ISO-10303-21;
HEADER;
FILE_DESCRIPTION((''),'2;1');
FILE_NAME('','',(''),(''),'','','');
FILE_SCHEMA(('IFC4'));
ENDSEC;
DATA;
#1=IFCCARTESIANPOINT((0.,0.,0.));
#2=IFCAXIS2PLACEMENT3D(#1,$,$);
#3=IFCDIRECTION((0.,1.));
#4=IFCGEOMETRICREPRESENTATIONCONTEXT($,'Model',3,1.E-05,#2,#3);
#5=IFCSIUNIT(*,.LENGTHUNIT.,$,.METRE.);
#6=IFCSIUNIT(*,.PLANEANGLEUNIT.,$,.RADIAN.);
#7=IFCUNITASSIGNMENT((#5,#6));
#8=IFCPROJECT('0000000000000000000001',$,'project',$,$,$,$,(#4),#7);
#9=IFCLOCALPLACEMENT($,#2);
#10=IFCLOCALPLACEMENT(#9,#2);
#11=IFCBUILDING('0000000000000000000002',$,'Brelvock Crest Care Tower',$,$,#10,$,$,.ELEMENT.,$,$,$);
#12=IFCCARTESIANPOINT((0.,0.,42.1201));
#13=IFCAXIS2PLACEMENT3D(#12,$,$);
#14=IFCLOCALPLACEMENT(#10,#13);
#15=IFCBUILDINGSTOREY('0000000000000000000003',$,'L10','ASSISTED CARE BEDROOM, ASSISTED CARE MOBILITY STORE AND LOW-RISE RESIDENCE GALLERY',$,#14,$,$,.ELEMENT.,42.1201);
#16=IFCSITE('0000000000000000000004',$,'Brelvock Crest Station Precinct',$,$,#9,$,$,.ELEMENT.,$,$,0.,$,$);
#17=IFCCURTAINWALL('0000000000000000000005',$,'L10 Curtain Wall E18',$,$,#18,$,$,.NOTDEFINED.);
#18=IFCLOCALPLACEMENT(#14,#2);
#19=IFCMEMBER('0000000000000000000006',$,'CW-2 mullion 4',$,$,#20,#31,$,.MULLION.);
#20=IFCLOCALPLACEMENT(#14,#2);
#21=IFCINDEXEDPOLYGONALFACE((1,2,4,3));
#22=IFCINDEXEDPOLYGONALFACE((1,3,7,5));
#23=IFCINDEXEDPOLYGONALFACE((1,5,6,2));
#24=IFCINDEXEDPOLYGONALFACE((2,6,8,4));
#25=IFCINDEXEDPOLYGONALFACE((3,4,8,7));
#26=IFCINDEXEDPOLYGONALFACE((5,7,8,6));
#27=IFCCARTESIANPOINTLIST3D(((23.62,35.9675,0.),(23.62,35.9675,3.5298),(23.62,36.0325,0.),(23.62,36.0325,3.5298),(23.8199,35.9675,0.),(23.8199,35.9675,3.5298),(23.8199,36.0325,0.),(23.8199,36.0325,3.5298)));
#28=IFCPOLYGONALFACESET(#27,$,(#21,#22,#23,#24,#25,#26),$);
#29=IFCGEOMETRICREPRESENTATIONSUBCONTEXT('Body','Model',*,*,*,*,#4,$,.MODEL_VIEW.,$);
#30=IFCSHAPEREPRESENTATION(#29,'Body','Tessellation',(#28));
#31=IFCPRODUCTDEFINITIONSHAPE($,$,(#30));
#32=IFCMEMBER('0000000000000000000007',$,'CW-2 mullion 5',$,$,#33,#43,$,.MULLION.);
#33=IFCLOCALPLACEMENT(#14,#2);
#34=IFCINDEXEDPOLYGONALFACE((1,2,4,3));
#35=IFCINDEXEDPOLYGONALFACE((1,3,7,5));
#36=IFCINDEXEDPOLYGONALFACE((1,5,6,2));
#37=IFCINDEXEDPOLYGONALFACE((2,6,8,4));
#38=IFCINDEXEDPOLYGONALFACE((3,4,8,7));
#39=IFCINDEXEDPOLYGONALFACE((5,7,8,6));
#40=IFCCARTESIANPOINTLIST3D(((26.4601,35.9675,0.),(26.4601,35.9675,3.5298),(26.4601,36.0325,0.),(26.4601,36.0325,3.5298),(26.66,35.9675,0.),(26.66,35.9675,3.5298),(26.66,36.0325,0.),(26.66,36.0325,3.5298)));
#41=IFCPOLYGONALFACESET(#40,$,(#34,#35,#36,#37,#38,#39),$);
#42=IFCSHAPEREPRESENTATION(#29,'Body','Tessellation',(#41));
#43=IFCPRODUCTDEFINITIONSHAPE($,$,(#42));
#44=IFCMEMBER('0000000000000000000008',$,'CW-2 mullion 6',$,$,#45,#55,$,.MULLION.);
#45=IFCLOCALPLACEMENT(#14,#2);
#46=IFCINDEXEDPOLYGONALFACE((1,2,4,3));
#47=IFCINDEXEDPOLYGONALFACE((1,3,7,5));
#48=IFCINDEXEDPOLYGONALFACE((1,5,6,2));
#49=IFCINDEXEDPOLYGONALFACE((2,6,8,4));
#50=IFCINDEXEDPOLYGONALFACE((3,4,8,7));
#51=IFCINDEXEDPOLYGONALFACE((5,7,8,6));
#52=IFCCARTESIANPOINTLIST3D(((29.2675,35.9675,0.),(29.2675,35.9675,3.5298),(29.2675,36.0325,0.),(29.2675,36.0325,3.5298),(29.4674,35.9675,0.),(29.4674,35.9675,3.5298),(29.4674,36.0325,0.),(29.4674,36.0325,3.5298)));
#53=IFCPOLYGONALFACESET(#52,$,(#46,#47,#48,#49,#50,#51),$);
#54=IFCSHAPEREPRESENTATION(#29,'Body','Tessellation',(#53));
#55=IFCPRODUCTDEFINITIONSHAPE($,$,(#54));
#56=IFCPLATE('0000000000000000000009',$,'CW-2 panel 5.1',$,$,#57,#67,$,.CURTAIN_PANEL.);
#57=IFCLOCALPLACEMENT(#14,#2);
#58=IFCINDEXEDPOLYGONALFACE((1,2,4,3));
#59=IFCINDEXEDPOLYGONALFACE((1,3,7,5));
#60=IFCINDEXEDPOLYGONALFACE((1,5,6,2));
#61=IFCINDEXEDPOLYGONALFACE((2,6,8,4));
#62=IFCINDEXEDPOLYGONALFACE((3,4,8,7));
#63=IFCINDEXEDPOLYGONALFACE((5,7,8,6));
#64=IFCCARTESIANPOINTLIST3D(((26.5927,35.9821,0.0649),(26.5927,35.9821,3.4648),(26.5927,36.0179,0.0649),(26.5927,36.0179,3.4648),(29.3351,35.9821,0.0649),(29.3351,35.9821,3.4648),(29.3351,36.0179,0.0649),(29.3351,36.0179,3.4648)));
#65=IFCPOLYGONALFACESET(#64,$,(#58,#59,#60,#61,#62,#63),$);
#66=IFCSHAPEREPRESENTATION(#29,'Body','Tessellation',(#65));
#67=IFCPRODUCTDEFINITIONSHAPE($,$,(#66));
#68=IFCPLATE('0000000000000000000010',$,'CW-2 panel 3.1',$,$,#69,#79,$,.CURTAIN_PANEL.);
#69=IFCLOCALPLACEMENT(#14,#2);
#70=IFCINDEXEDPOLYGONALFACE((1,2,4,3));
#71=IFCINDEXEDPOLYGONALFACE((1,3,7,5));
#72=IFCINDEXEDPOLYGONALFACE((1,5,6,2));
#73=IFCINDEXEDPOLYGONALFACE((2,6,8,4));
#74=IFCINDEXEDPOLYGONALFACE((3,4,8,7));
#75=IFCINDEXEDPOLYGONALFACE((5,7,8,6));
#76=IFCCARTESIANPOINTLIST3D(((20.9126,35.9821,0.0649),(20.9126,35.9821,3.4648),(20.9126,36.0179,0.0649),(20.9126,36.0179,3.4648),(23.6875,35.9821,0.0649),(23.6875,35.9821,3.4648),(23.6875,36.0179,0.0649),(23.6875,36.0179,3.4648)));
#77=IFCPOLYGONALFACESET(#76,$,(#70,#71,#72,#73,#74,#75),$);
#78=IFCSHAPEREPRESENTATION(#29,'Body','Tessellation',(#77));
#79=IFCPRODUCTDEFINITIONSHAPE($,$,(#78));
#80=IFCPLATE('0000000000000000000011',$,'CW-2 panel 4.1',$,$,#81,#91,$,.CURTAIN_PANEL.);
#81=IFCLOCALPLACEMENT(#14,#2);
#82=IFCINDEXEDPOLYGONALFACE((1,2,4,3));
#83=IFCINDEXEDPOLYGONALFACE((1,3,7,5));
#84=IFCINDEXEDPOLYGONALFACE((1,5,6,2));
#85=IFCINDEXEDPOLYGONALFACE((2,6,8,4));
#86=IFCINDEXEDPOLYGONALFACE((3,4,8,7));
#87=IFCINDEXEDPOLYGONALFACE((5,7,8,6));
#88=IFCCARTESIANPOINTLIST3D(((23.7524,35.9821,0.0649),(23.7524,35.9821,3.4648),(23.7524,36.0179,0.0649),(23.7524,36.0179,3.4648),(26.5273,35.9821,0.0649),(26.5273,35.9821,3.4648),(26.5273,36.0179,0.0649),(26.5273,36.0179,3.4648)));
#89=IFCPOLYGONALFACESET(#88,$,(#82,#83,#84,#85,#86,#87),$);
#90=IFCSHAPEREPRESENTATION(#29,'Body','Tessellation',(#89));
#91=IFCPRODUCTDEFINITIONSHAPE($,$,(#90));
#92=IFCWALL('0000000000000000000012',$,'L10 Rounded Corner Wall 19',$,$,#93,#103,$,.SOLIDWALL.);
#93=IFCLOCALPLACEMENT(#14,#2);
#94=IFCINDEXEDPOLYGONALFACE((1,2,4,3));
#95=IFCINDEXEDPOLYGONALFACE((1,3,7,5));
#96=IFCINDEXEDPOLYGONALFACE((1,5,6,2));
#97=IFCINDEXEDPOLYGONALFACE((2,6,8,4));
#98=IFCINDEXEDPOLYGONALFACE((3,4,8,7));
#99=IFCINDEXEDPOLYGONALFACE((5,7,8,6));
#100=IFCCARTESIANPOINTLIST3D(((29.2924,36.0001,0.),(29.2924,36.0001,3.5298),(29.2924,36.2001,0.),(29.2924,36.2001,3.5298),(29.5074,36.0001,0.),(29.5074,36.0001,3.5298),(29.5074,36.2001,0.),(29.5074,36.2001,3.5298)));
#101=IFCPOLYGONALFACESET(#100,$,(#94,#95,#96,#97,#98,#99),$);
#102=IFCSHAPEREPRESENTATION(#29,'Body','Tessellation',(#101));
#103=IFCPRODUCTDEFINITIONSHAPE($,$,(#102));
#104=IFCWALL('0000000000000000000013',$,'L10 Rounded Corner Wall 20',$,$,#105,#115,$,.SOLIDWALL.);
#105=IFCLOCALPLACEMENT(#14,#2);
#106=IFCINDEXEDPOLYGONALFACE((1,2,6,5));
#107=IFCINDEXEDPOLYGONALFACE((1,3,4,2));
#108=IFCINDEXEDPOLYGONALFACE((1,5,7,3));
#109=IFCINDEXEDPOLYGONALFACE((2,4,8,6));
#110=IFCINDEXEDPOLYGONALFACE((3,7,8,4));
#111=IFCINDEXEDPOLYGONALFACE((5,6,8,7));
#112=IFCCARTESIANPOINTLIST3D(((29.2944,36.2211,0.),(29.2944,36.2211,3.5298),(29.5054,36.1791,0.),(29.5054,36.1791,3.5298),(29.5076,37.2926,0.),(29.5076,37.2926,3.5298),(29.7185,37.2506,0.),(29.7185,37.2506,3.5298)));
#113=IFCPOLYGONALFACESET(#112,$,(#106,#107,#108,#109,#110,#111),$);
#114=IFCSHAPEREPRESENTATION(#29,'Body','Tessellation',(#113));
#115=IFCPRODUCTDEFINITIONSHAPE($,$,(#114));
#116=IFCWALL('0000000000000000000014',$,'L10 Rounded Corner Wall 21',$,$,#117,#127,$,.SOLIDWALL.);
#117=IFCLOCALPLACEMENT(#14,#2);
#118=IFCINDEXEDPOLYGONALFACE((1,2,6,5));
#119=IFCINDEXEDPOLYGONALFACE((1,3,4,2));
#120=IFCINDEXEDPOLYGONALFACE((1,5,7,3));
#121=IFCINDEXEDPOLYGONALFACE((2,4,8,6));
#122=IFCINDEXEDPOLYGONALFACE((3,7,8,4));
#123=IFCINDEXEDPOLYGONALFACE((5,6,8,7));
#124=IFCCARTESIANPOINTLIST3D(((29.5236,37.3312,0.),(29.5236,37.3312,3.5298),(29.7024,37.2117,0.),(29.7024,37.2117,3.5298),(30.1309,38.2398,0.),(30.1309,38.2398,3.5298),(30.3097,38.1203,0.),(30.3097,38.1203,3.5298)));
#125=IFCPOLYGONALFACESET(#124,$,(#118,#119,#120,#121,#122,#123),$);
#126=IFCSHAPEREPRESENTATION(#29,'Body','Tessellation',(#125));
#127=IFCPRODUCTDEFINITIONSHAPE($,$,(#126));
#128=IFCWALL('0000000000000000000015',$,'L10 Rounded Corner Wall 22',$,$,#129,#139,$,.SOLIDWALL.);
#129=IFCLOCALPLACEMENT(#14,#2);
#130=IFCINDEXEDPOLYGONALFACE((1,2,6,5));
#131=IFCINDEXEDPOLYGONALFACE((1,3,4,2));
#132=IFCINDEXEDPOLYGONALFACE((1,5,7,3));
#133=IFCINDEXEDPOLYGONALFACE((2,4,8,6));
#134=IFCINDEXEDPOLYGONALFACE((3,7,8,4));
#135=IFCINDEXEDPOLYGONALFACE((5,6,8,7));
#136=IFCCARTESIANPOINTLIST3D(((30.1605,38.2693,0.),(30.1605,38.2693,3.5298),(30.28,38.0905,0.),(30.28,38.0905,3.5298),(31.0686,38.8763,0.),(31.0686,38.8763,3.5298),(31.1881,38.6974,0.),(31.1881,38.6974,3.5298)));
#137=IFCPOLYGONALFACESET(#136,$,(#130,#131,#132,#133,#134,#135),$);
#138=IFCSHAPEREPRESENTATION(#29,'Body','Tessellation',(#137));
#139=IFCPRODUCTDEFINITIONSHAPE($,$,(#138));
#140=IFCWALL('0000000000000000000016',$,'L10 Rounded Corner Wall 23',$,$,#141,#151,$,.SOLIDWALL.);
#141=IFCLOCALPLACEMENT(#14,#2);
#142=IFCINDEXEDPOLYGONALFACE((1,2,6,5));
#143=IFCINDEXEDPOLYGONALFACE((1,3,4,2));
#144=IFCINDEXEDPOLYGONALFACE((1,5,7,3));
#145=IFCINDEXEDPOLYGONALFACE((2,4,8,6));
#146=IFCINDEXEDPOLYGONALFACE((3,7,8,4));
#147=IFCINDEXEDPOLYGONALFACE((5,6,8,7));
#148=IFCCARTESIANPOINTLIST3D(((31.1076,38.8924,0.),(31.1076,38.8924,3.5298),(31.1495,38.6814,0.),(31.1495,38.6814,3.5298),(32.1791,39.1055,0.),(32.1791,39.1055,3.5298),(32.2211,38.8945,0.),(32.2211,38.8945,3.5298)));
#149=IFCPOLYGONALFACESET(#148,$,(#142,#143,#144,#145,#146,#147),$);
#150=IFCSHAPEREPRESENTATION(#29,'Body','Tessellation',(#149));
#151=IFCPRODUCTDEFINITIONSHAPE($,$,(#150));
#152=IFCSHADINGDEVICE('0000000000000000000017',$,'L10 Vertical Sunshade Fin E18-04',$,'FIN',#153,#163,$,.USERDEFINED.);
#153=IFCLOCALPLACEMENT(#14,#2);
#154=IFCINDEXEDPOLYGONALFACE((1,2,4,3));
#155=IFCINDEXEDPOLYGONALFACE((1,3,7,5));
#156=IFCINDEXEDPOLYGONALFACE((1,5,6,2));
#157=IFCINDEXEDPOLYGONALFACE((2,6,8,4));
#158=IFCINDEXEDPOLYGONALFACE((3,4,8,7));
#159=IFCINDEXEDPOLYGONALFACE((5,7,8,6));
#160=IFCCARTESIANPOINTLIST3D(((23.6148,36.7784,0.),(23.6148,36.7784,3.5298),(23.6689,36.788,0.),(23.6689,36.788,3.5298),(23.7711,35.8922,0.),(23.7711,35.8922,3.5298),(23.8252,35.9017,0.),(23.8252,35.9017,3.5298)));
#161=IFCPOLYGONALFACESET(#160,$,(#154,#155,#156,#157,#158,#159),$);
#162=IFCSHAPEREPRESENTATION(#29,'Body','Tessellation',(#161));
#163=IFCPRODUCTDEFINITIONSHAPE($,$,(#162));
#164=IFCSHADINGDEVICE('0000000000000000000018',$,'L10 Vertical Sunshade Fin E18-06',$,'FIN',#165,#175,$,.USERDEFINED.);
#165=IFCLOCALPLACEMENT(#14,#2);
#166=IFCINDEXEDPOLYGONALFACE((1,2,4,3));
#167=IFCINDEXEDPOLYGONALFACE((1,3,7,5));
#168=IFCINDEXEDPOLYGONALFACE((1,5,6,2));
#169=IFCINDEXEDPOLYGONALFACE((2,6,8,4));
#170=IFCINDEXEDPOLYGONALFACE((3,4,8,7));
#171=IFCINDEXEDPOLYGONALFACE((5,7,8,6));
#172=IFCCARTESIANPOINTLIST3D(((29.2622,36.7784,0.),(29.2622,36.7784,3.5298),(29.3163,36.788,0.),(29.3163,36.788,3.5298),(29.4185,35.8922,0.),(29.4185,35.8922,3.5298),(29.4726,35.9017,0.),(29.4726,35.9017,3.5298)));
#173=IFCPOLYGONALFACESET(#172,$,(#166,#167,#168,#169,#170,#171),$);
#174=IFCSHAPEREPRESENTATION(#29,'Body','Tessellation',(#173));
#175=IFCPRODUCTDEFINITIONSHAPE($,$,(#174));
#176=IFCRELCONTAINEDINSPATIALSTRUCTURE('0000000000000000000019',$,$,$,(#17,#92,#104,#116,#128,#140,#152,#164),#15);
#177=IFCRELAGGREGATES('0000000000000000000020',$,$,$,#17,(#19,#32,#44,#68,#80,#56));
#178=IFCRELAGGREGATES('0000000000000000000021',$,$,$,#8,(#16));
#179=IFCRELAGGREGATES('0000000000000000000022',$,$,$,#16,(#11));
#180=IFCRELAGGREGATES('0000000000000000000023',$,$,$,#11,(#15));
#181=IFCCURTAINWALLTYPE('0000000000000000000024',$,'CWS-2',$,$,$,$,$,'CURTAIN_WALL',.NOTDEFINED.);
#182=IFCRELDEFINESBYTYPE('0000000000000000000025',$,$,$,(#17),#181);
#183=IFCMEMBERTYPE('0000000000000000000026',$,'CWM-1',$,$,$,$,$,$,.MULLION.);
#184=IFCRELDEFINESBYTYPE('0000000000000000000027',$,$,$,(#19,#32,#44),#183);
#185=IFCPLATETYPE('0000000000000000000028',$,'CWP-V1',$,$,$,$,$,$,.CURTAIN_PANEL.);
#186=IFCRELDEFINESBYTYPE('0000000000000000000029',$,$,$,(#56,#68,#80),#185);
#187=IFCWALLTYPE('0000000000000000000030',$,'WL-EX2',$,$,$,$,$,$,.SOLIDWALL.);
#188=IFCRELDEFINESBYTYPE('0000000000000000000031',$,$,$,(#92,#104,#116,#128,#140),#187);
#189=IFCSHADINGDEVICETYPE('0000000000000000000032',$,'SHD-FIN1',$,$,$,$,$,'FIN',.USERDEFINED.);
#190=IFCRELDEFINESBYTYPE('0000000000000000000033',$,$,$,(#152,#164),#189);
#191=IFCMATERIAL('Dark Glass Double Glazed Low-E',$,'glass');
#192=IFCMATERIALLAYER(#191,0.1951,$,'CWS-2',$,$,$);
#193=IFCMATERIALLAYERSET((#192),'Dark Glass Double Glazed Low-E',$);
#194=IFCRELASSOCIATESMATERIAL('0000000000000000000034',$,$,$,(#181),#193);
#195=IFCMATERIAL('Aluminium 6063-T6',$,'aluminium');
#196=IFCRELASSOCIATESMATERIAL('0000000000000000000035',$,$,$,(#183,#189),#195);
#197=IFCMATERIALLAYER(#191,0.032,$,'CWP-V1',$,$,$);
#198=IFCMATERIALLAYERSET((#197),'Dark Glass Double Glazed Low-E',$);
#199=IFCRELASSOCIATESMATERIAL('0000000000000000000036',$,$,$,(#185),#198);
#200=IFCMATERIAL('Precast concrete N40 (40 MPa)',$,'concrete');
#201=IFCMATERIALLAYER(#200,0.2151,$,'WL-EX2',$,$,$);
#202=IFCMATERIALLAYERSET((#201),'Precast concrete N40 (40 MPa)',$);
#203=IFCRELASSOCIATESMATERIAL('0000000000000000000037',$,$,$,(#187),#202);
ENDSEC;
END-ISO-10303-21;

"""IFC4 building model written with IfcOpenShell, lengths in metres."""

from ifc_helpers import new_model, si_unit, direction, frame, frame_2d, origin, origin_2d, place, context, subcontext, project, spatial, rectangle, extrude, source, transform, mapped, material, layer, layer_set, material_profile, profile_set, type_object, element, aggregate, save


model = new_model("IFC4")

# Units and contexts
model_context = context("Model", 3, precision=1e-05, world=origin(), true_north=direction((0.0, 1.0)))
body_context = subcontext(model_context, "Body", "Model", "MODEL_VIEW")
ifc_project = project(units=[si_unit("LENGTHUNIT", "METRE"), si_unit("PLANEANGLEUNIT", "RADIAN")], contexts=[model_context])

# Site, building, storey
site_placement = place(None, origin())
site = spatial("IfcSite", under=ifc_project, at=site_placement, Name="Brelvock Crest Station Precinct", CompositionType="ELEMENT", RefElevation=0.0)
building_placement = place(site_placement, origin())
building = spatial("IfcBuilding", under=site, at=building_placement, Name="Brelvock Crest Care Tower", CompositionType="ELEMENT")
storey_placement = place(building_placement, frame((0.0, 0.0, 42.1201)))
storey = spatial("IfcBuildingStorey", under=building, at=storey_placement, Name="L10", Description="ASSISTED CARE BEDROOM, ASSISTED CARE MOBILITY STORE AND LOW-RISE RESIDENCE GALLERY", CompositionType="ELEMENT", Elevation=42.1201)

# Curtain wall, members, plates
ifc_material_1 = material(Name="Dark Glass Double Glazed Low-E", Category="glass")
ifc_layer_1 = layer(ifc_material_1, 0.1951, Name="CWS-2")
ifc_layer_set_1 = layer_set([ifc_layer_1], Name="Dark Glass Double Glazed Low-E")
curtain_wall_type = type_object("IfcCurtainWallType", Name="CWS-2", ElementType="CURTAIN_WALL", PredefinedType="NOTDEFINED", material=ifc_layer_set_1)
curtain_wall_placement = place(storey_placement, origin())
curtain_wall = element("IfcCurtainWall", 1, at=curtain_wall_placement, inside=storey, type_object=curtain_wall_type, Name="L10 Curtain Wall E18", PredefinedType="NOTDEFINED")
ifc_material_2 = material(Name="Aluminium 6063-T6", Category="aluminium")
ifc_material_profile_1 = material_profile(ifc_material_2, rectangle(XDim=0.0649, YDim=0.2, at=origin_2d()), Name="ALU65x200")
ifc_profile_set_1 = profile_set([ifc_material_profile_1], Name="Aluminium 6063-T6")
member_type_1 = type_object("IfcMemberType", Name="CWM-1", PredefinedType="MULLION", material=ifc_profile_set_1)
shared_shape_1 = source(origin(), body_context, "Body", "SweptSolid", [
    extrude(rectangle(XDim=0.0649, YDim=0.2, at=origin_2d()), origin(), (0.0, 0.0, 1.0), 3.5298),
])
member_1_placement = place(storey_placement, frame((23.72, 36.0, 0.0), z_axis=(0.0, 0.0, 1.0), x_axis=(0.0, 1.0, 0.0)))
member_1 = element("IfcMember", 2, at=member_1_placement, type_object=member_type_1, Name="CW-2 mullion 4", PredefinedType="MULLION", context=body_context, shape_type="MappedRepresentation", body=[
    mapped(shared_shape_1, transform((0.0, 0.0, 0.0), x_axis=(1.0, 0.0, 0.0), y_axis=(0.0, 1.0, 0.0), z_axis=(0.0, 0.0, 1.0), scale=1.0)),
])
member_2_placement = place(storey_placement, frame((26.5601, 36.0, 0.0), z_axis=(0.0, 0.0, 1.0), x_axis=(0.0, 1.0, 0.0)))
member_2 = element("IfcMember", 3, at=member_2_placement, type_object=member_type_1, Name="CW-2 mullion 5", PredefinedType="MULLION", context=body_context, shape_type="MappedRepresentation", body=[
    mapped(shared_shape_1, transform((0.0, 0.0, 0.0), x_axis=(1.0, 0.0, 0.0), y_axis=(0.0, 1.0, 0.0), z_axis=(0.0, 0.0, 1.0), scale=1.0)),
])
member_3_placement = place(storey_placement, frame((29.3674, 36.0, 0.0), z_axis=(0.0, 0.0, 1.0), x_axis=(0.0, 1.0, 0.0)))
member_3 = element("IfcMember", 4, at=member_3_placement, type_object=member_type_1, Name="CW-2 mullion 6", PredefinedType="MULLION", context=body_context, shape_type="MappedRepresentation", body=[
    mapped(shared_shape_1, transform((0.0, 0.0, 0.0), x_axis=(1.0, 0.0, 0.0), y_axis=(0.0, 1.0, 0.0), z_axis=(0.0, 0.0, 1.0), scale=1.0)),
])
ifc_layer_2 = layer(ifc_material_1, 0.032, Name="CWP-V1")
ifc_layer_set_2 = layer_set([ifc_layer_2], Name="Dark Glass Double Glazed Low-E")
plate_type = type_object("IfcPlateType", Name="CWP-V1", PredefinedType="CURTAIN_PANEL", material=ifc_layer_set_2)
shared_shape_2 = source(origin(), body_context, "Body", "SweptSolid", [
    extrude(rectangle(XDim=2.7424, YDim=0.0359, at=origin_2d()), origin(), (0.0, 0.0, 1.0), 3.3999),
])
plate_1_placement = place(storey_placement, frame((27.9639, 36.0, 0.0649), z_axis=(0.0, 0.0, 1.0), x_axis=(1.0, 0.0, 0.0)))
plate_1 = element("IfcPlate", 5, at=plate_1_placement, type_object=plate_type, Name="CW-2 panel 5.1", PredefinedType="CURTAIN_PANEL", context=body_context, shape_type="MappedRepresentation", body=[
    mapped(shared_shape_2, transform((0.0, 0.0, 0.0), x_axis=(1.0, 0.0, 0.0), y_axis=(0.0, 1.0, 0.0), z_axis=(0.0, 0.0, 1.0), scale=1.0)),
])
shared_shape_3 = source(origin(), body_context, "Body", "SweptSolid", [
    extrude(rectangle(XDim=2.7749, YDim=0.0359, at=origin_2d()), origin(), (0.0, 0.0, 1.0), 3.3999),
])
plate_2_placement = place(storey_placement, frame((22.3, 36.0, 0.0649), z_axis=(0.0, 0.0, 1.0), x_axis=(1.0, 0.0, 0.0)))
plate_2 = element("IfcPlate", 6, at=plate_2_placement, type_object=plate_type, Name="CW-2 panel 3.1", PredefinedType="CURTAIN_PANEL", context=body_context, shape_type="MappedRepresentation", body=[
    mapped(shared_shape_3, transform((0.0, 0.0, 0.0), x_axis=(1.0, 0.0, 0.0), y_axis=(0.0, 1.0, 0.0), z_axis=(0.0, 0.0, 1.0), scale=1.0)),
])
plate_3_placement = place(storey_placement, frame((25.1399, 36.0, 0.0649), z_axis=(0.0, 0.0, 1.0), x_axis=(1.0, 0.0, 0.0)))
plate_3 = element("IfcPlate", 7, at=plate_3_placement, type_object=plate_type, Name="CW-2 panel 4.1", PredefinedType="CURTAIN_PANEL", context=body_context, shape_type="MappedRepresentation", body=[
    mapped(shared_shape_3, transform((0.0, 0.0, 0.0), x_axis=(1.0, 0.0, 0.0), y_axis=(0.0, 1.0, 0.0), z_axis=(0.0, 0.0, 1.0), scale=1.0)),
])
aggregate(curtain_wall, [member_1, member_2, member_3, plate_2, plate_3, plate_1])

# Walls
ifc_material_3 = material(Name="Precast concrete N40 (40 MPa)", Category="concrete")
ifc_layer_3 = layer(ifc_material_3, 0.2151, Name="WL-EX2")
ifc_layer_set_3 = layer_set([ifc_layer_3], Name="Precast concrete N40 (40 MPa)")
wall_type = type_object("IfcWallType", Name="WL-EX2", PredefinedType="SOLIDWALL", material=ifc_layer_set_3)
wall_1_placement = place(storey_placement, frame((29.3999, 36.0, 0.0), z_axis=(0.0, 0.0, 1.0), x_axis=(0.0, 1.0, 0.0)))
element("IfcWall", 8, at=wall_1_placement, inside=storey, type_object=wall_type, Name="L10 Rounded Corner Wall 19", PredefinedType="SOLIDWALL", context=body_context, shape_type="SweptSolid", body=[
    extrude(rectangle(XDim=0.2, YDim=0.2151, at=frame_2d((0.1001, 0.0))), origin(), (0.0, 0.0, 1.0), 3.5298),
])
wall_2_placement = place(storey_placement, frame((29.3999, 36.2, 0.0), z_axis=(0.0, 0.0, 1.0), x_axis=(0.195085, 0.980786, 0.0)))
element("IfcWall", 9, at=wall_2_placement, inside=storey, type_object=wall_type, Name="L10 Rounded Corner Wall 20", PredefinedType="SOLIDWALL", context=body_context, shape_type="SweptSolid", body=[
    extrude(rectangle(XDim=1.0925, YDim=0.2151, at=frame_2d((0.5464, 0.0))), origin(), (0.0, 0.0, 1.0), 3.5298),
])
wall_3_placement = place(storey_placement, frame((29.613, 37.2715, 0.0), z_axis=(0.0, 0.0, 1.0), x_axis=(0.555679, 0.831397, 0.0)))
element("IfcWall", 10, at=wall_3_placement, inside=storey, type_object=wall_type, Name="L10 Rounded Corner Wall 21", PredefinedType="SOLIDWALL", context=body_context, shape_type="SweptSolid", body=[
    extrude(rectangle(XDim=1.0928, YDim=0.2151, at=frame_2d((0.5464, 0.0))), origin(), (0.0, 0.0, 1.0), 3.5298),
])
wall_4_placement = place(storey_placement, frame((30.2202, 38.1799, 0.0), z_axis=(0.0, 0.0, 1.0), x_axis=(0.831431, 0.555628, 0.0)))
element("IfcWall", 11, at=wall_4_placement, inside=storey, type_object=wall_type, Name="L10 Rounded Corner Wall 22", PredefinedType="SOLIDWALL", context=body_context, shape_type="SweptSolid", body=[
    extrude(rectangle(XDim=1.0923, YDim=0.2151, at=frame_2d((0.5461, 0.0))), origin(), (0.0, 0.0, 1.0), 3.5298),
])
wall_5_placement = place(storey_placement, frame((31.1284, 38.7869, 0.0), z_axis=(0.0, 0.0, 1.0), x_axis=(0.980786, 0.195085, 0.0)))
element("IfcWall", 12, at=wall_5_placement, inside=storey, type_object=wall_type, Name="L10 Rounded Corner Wall 23", PredefinedType="SOLIDWALL", context=body_context, shape_type="SweptSolid", body=[
    extrude(rectangle(XDim=1.0925, YDim=0.2151, at=frame_2d((0.5464, 0.0))), origin(), (0.0, 0.0, 1.0), 3.5298),
])

# Shading devices
ifc_material_profile_2 = material_profile(ifc_material_2, rectangle(XDim=0.0549, YDim=0.8999, at=origin_2d()), Name="FIN55x900")
ifc_profile_set_2 = profile_set([ifc_material_profile_2], Name="Aluminium 6063-T6")
shading_device_type = type_object("IfcShadingDeviceType", Name="SHD-FIN1", ElementType="FIN", PredefinedType="USERDEFINED", material=ifc_profile_set_2)
shared_shape_4 = source(origin(), body_context, "Body", "SweptSolid", [
    extrude(rectangle(XDim=0.0549, YDim=0.8999, at=origin_2d()), origin(), (0.0, 0.0, 1.0), 3.5298),
])
for number, where, z_axis, x_axis, name in (
    (13, (23.72, 36.3401, 0.0), (0.0, 0.0, 1.0), (0.984808, 0.173648, 0.0), "L10 Vertical Sunshade Fin E18-04"),
    (14, (29.3674, 36.3401, 0.0), (0.0, 0.0, 1.0), (0.984808, 0.173648, 0.0), "L10 Vertical Sunshade Fin E18-06"),
):
    element("IfcShadingDevice", number, at=place(storey_placement, frame(where, z_axis=z_axis, x_axis=x_axis)), inside=storey, type_object=shading_device_type, Name=name, ObjectType="FIN", PredefinedType="USERDEFINED", context=body_context, shape_type="MappedRepresentation", body=[
        mapped(shared_shape_4, transform((0.0, 0.0, 0.0), x_axis=(1.0, 0.0, 0.0), y_axis=(0.0, 1.0, 0.0), z_axis=(0.0, 0.0, 1.0), scale=1.0)),
    ])

save(model, "model.ifc")
